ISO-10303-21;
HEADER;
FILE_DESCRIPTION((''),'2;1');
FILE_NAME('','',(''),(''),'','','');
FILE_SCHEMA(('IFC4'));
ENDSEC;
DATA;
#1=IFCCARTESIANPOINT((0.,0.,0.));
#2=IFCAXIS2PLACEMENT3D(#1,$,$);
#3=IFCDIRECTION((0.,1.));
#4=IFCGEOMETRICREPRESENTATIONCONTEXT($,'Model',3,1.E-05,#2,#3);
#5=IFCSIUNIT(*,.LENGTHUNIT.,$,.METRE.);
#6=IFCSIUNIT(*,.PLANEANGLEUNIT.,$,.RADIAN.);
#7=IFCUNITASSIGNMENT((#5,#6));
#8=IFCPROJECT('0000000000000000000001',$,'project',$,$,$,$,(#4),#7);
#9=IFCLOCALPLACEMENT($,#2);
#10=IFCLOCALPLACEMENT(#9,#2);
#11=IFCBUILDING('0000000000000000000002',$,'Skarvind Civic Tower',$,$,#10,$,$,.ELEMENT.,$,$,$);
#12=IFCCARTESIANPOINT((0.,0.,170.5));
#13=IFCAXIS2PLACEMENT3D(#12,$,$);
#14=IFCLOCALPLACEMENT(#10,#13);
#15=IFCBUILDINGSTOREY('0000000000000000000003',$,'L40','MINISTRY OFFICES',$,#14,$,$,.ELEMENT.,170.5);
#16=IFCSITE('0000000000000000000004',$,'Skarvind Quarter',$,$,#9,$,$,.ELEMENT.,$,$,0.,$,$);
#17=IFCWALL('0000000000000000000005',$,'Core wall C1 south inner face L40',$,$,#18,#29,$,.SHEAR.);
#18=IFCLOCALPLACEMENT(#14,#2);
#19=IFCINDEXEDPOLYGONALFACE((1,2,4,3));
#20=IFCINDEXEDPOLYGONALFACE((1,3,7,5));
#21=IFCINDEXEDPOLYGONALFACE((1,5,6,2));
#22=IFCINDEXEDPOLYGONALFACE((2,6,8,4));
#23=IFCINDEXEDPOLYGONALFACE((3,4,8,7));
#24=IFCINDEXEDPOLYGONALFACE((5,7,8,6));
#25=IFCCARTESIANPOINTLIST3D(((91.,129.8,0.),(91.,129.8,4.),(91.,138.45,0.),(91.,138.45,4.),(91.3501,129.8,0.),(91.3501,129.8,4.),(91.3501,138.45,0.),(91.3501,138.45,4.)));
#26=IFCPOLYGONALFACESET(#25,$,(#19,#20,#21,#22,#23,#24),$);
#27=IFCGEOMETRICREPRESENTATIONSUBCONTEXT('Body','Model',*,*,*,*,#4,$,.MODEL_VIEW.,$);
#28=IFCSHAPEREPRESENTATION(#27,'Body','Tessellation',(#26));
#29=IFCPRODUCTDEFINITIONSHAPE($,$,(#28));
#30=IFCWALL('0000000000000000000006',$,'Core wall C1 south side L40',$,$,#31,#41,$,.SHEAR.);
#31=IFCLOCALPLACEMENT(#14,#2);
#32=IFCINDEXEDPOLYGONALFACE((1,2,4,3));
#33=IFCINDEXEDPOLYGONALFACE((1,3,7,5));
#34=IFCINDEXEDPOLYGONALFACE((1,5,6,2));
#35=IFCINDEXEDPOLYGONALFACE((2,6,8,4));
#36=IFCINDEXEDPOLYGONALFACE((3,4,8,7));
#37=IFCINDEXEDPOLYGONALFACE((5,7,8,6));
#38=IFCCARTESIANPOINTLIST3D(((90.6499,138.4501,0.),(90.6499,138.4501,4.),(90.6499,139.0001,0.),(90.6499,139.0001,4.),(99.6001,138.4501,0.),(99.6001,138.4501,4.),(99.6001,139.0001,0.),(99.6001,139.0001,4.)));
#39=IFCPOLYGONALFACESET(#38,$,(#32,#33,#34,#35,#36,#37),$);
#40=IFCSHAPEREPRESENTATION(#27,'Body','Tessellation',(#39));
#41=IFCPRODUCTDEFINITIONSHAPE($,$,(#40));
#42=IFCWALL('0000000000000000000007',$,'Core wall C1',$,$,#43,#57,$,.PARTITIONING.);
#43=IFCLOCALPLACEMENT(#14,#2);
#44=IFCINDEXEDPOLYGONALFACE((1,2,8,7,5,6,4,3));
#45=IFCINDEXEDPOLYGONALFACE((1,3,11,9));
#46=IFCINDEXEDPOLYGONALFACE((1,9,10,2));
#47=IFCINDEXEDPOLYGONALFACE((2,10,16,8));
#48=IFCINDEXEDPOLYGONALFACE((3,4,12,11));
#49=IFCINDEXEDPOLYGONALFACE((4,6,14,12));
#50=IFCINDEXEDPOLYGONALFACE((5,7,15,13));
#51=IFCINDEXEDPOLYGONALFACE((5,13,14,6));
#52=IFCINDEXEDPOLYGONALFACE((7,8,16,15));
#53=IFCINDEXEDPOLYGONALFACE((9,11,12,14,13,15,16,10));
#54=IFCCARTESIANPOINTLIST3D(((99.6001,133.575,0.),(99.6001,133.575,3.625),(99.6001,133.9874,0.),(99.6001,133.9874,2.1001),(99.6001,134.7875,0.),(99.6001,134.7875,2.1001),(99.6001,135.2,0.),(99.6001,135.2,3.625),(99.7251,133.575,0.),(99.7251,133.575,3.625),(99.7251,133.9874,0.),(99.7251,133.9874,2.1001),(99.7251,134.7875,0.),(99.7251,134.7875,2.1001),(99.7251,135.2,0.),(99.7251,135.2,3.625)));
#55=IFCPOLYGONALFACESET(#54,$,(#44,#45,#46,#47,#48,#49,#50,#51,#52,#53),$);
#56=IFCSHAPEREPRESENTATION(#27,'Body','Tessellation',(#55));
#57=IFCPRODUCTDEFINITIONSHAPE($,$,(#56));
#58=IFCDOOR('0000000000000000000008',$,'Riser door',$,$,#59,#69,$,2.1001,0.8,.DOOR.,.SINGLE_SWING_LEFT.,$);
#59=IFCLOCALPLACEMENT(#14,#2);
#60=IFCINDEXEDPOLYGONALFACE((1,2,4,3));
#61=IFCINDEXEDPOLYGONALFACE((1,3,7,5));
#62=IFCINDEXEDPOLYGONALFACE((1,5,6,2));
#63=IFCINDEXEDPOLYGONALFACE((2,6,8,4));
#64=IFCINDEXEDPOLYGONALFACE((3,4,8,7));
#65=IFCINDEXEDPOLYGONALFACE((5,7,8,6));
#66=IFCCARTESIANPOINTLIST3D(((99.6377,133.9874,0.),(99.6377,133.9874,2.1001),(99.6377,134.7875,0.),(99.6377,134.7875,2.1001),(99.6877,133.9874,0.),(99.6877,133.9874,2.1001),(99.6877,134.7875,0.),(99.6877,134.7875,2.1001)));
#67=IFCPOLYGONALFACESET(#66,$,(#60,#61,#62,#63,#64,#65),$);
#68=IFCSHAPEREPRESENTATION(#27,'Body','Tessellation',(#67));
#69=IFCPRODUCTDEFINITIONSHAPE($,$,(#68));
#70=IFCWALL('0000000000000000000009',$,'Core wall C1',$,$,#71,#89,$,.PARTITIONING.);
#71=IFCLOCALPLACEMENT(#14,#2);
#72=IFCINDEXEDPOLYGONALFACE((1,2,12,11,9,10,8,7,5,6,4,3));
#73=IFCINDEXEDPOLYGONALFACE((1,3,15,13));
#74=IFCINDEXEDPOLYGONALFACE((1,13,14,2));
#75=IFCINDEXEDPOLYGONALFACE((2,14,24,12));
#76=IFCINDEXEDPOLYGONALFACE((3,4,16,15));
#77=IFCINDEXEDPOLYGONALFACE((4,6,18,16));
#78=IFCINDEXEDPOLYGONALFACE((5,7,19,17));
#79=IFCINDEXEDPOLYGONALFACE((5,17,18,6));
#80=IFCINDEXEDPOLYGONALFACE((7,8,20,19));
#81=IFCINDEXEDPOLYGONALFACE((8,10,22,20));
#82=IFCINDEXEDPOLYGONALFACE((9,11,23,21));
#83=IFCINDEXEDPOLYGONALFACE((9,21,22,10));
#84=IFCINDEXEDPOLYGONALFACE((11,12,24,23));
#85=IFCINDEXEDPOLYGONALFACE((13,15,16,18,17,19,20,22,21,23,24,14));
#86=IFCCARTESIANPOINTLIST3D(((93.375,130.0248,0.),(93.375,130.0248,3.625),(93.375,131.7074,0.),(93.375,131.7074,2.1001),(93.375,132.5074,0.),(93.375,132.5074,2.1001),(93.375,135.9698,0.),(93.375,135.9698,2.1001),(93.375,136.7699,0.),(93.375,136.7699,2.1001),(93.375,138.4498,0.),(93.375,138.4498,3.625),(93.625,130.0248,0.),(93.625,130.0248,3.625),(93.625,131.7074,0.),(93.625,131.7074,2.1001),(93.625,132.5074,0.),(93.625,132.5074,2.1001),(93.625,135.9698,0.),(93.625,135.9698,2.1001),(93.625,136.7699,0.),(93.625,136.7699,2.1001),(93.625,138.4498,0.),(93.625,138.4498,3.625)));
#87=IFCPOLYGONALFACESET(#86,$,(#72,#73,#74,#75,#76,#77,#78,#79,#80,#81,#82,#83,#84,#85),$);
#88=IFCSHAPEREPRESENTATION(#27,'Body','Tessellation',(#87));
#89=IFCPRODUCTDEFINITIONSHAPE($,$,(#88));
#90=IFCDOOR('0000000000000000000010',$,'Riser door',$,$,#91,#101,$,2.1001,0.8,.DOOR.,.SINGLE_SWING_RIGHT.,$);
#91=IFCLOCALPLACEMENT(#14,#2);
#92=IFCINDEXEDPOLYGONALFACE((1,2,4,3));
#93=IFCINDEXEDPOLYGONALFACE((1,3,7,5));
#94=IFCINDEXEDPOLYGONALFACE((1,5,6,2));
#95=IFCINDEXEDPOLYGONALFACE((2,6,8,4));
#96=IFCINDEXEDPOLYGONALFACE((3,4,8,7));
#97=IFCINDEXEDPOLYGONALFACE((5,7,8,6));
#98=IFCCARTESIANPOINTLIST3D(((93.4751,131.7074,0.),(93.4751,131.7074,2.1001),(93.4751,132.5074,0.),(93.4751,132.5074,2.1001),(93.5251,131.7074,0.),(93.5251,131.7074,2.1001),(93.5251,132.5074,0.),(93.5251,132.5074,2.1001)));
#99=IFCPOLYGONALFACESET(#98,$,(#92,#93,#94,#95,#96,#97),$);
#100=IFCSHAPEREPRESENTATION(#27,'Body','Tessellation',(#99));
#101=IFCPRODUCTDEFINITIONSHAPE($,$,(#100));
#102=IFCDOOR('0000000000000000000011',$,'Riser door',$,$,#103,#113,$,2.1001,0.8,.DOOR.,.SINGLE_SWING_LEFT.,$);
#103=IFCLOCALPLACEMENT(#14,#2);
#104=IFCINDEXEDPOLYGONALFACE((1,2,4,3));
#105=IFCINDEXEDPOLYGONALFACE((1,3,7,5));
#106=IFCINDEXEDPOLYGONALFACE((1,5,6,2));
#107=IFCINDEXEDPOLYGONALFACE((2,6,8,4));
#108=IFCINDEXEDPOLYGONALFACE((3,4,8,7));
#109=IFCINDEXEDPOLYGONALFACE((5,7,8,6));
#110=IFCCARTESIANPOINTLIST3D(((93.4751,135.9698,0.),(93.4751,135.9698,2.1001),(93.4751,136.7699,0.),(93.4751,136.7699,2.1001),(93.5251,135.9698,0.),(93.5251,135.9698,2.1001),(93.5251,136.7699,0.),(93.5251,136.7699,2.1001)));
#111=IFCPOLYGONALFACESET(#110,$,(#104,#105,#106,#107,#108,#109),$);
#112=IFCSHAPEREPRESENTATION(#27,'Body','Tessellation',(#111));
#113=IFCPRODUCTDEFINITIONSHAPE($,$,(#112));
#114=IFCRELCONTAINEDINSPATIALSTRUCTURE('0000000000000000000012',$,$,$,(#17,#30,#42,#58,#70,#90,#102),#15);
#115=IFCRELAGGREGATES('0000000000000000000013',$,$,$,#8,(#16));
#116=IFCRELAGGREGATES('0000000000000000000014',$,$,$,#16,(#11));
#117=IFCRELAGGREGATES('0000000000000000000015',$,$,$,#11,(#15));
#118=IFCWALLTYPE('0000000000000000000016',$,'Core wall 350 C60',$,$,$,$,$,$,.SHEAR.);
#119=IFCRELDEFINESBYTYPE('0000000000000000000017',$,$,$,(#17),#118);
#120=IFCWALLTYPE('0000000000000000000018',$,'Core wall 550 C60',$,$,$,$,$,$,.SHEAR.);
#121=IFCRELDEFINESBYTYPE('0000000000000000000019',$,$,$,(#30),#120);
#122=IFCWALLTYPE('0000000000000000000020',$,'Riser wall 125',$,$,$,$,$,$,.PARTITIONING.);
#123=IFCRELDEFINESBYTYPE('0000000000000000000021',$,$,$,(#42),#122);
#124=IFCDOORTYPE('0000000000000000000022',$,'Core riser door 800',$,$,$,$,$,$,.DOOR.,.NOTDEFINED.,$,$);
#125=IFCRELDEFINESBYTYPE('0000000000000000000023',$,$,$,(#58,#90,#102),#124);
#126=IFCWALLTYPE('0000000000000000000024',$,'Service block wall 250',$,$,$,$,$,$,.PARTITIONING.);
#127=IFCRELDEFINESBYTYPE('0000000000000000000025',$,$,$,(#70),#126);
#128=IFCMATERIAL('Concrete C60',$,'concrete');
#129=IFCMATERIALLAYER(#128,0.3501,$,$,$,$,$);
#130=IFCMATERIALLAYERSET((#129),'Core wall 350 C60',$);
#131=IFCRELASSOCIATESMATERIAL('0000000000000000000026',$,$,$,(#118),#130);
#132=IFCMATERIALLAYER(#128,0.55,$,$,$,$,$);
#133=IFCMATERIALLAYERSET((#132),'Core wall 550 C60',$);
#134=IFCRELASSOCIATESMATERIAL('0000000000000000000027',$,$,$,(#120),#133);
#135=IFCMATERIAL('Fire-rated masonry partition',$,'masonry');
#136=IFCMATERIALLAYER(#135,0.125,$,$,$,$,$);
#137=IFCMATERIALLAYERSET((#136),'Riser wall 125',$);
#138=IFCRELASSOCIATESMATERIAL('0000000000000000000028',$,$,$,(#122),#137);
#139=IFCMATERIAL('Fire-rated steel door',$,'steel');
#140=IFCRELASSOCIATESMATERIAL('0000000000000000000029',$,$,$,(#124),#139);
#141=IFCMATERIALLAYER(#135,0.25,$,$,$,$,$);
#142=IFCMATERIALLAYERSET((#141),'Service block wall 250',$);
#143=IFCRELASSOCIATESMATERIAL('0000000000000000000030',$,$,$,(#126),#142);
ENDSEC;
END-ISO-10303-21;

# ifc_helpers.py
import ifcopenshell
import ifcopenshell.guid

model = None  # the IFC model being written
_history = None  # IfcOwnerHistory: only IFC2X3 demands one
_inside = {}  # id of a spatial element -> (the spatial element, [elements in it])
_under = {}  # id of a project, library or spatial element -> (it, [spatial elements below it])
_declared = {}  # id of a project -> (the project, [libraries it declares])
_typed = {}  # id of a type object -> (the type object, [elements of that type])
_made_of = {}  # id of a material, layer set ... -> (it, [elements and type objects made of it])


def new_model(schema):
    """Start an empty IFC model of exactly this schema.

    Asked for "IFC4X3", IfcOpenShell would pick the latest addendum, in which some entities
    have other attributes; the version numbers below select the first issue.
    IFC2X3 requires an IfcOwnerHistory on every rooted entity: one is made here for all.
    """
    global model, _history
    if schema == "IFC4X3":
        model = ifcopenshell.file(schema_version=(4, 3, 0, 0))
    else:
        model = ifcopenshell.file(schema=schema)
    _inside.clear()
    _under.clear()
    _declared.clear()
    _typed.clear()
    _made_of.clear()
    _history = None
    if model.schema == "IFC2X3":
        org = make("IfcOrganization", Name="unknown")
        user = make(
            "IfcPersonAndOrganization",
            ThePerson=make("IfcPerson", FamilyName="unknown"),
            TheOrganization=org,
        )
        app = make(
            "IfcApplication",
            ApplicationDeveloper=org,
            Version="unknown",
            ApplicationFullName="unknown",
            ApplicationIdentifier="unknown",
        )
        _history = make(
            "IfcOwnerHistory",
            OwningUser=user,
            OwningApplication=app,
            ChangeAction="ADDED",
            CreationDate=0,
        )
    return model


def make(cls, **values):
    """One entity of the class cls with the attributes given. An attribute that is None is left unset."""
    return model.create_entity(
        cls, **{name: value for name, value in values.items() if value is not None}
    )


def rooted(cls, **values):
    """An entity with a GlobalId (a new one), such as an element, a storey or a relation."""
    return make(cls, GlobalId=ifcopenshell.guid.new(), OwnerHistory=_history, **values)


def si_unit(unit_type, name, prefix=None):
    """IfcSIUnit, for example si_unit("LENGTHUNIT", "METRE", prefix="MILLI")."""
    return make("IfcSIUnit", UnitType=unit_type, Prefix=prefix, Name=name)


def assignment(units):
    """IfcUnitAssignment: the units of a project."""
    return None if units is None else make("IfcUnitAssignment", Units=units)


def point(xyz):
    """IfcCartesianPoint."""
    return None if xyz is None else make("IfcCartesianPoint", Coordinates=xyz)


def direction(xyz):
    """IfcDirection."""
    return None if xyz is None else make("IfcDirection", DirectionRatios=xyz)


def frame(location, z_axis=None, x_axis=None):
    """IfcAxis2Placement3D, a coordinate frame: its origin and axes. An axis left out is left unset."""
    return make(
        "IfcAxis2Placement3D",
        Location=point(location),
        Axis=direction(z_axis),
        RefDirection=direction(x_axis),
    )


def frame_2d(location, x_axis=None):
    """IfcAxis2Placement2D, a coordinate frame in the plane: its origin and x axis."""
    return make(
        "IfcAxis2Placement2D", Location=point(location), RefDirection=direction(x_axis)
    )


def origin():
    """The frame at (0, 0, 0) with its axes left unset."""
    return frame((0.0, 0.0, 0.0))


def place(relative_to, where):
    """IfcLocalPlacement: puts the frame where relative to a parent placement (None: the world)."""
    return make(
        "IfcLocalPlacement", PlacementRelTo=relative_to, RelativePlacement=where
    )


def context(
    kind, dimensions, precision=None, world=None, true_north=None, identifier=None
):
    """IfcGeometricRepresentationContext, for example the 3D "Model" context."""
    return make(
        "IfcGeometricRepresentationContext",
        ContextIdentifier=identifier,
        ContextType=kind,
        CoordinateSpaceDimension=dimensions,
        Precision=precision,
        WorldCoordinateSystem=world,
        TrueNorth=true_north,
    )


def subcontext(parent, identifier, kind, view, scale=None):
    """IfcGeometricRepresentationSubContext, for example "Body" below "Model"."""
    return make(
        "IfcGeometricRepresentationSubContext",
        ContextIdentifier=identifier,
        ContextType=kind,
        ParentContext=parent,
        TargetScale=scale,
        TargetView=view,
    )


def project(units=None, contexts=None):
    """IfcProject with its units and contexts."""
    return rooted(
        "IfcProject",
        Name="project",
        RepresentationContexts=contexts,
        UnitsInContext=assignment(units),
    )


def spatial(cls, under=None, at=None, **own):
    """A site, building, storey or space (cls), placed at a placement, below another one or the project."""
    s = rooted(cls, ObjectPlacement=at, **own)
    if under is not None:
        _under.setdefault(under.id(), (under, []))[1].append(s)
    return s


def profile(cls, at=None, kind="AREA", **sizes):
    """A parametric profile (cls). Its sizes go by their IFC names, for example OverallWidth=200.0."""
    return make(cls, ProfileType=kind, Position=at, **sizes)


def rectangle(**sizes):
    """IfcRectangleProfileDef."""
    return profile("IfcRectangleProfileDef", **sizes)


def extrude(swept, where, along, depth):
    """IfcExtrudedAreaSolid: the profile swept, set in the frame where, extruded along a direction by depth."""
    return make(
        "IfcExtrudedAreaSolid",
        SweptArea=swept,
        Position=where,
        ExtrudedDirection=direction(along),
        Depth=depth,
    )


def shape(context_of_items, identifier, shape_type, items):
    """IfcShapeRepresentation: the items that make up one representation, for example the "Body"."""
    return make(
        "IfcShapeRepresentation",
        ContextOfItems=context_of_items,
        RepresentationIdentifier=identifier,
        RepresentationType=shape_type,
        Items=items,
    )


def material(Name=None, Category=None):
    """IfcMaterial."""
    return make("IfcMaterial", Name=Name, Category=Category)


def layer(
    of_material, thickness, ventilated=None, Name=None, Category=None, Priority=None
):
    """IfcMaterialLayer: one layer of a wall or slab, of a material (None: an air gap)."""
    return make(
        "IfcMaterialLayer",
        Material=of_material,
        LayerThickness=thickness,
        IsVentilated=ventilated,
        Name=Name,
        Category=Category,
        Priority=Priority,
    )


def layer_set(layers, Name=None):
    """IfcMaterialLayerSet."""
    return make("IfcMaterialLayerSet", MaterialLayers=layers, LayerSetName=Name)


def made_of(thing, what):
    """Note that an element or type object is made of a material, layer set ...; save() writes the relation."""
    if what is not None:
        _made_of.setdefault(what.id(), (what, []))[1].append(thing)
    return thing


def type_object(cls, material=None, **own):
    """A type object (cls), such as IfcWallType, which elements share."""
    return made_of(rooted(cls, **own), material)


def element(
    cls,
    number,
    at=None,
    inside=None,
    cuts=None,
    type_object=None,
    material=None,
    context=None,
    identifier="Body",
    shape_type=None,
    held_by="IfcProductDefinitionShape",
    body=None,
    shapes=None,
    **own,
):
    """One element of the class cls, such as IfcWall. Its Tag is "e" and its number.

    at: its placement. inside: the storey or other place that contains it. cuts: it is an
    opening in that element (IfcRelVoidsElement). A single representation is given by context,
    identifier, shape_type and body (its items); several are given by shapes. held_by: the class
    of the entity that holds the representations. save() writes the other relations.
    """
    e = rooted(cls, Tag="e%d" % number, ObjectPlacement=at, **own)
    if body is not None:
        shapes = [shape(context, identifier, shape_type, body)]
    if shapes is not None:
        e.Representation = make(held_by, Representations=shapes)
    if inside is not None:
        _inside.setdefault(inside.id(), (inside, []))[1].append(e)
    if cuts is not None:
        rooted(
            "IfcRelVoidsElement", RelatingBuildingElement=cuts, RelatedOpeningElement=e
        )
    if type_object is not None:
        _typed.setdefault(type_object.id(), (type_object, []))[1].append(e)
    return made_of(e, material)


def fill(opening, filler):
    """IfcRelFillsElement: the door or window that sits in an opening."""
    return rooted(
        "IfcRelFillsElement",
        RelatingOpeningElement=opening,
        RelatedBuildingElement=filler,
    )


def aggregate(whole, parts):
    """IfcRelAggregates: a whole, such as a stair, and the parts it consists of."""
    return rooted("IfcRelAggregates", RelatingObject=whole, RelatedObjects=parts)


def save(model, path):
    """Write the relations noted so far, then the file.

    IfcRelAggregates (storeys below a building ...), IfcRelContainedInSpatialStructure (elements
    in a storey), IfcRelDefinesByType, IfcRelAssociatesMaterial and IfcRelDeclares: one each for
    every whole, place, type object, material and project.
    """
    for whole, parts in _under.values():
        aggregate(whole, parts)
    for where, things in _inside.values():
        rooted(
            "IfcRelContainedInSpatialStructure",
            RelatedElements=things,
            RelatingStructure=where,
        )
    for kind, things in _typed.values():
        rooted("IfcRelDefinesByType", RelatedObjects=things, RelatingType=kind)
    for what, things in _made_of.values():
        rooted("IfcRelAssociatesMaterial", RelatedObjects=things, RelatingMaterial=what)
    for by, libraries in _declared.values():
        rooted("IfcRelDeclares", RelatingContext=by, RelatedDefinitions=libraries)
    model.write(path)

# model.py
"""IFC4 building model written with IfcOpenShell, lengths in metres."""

from ifc_helpers import new_model, si_unit, direction, frame, frame_2d, origin, place, context, subcontext, project, spatial, rectangle, extrude, material, layer, layer_set, type_object, element, fill, save


model = new_model("IFC4")

# Units and contexts
model_context = context("Model", 3, precision=1e-05, world=origin(), true_north=direction((0.0, 1.0)))
body_context = subcontext(model_context, "Body", "Model", "MODEL_VIEW")
ifc_project = project(units=[si_unit("LENGTHUNIT", "METRE"), si_unit("PLANEANGLEUNIT", "RADIAN")], contexts=[model_context])

# Site, building, storey
site_placement = place(None, origin())
site = spatial("IfcSite", under=ifc_project, at=site_placement, Name="Skarvind Quarter", CompositionType="ELEMENT", RefElevation=0.0)
building_placement = place(site_placement, origin())
building = spatial("IfcBuilding", under=site, at=building_placement, Name="Skarvind Civic Tower", CompositionType="ELEMENT")
storey_placement = place(building_placement, frame((0.0, 0.0, 170.5)))
storey = spatial("IfcBuildingStorey", under=building, at=storey_placement, Name="L40", Description="MINISTRY OFFICES", CompositionType="ELEMENT", Elevation=170.5)

# Shared definitions
ifc_material_1 = material(Name="Concrete C60", Category="concrete")

# Shared definitions
ifc_material_2 = material(Name="Fire-rated masonry partition", Category="masonry")
ifc_material_3 = material(Name="Fire-rated steel door", Category="steel")

# Walls
ifc_layer_1 = layer(ifc_material_1, 0.3501)
ifc_layer_set_1 = layer_set([ifc_layer_1], Name="Core wall 350 C60")
wall_type_1 = type_object("IfcWallType", Name="Core wall 350 C60", PredefinedType="SHEAR", material=ifc_layer_set_1)
wall_1_placement = place(storey_placement, frame((91.175, 138.45, 0.0), z_axis=(0.0, 0.0, 1.0), x_axis=(0.0, -1.0, 0.0)))
element("IfcWall", 1, at=wall_1_placement, inside=storey, type_object=wall_type_1, Name="Core wall C1 south inner face L40", PredefinedType="SHEAR", context=body_context, shape_type="SweptSolid", body=[
    extrude(rectangle(XDim=8.6499, YDim=0.3501, at=frame_2d((4.325, 0.0))), origin(), (0.0, 0.0, 1.0), 4.0),
])
ifc_layer_2 = layer(ifc_material_1, 0.55)
ifc_layer_set_2 = layer_set([ifc_layer_2], Name="Core wall 550 C60")
wall_type_2 = type_object("IfcWallType", Name="Core wall 550 C60", PredefinedType="SHEAR", material=ifc_layer_set_2)
wall_2_placement = place(storey_placement, frame((99.6001, 138.7251, 0.0), z_axis=(0.0, 0.0, 1.0), x_axis=(-1.0, 0.0, 0.0)))
element("IfcWall", 2, at=wall_2_placement, inside=storey, type_object=wall_type_2, Name="Core wall C1 south side L40", PredefinedType="SHEAR", context=body_context, shape_type="SweptSolid", body=[
    extrude(rectangle(XDim=8.9502, YDim=0.55, at=frame_2d((4.4751, 0.0))), origin(), (0.0, 0.0, 1.0), 4.0),
])

# Wall, opening, door
ifc_layer_3 = layer(ifc_material_2, 0.125)
ifc_layer_set_3 = layer_set([ifc_layer_3], Name="Riser wall 125")
wall_type_3 = type_object("IfcWallType", Name="Riser wall 125", PredefinedType="PARTITIONING", material=ifc_layer_set_3)
wall_3_placement = place(storey_placement, frame((99.6626, 133.575, 0.0), z_axis=(0.0, 0.0, 1.0), x_axis=(0.0, 1.0, 0.0)))
wall_3 = element("IfcWall", 3, at=wall_3_placement, inside=storey, type_object=wall_type_3, Name="Core wall C1", PredefinedType="PARTITIONING", context=body_context, shape_type="SweptSolid", body=[
    extrude(rectangle(XDim=1.625, YDim=0.125, at=frame_2d((0.8125, 0.0))), origin(), (0.0, 0.0, 1.0), 3.625),
])
opening_1_placement = place(wall_3_placement, frame((0.4126, 0.0, 0.0)))
opening_1 = element("IfcOpeningElement", 4, at=opening_1_placement, cuts=wall_3, PredefinedType="OPENING", context=body_context, shape_type="SweptSolid", body=[
    extrude(rectangle(XDim=0.8, YDim=2.1001, at=frame_2d((0.3999, 1.05))), frame((0.0, 0.0725, 0.0), z_axis=(0.0, -1.0, 0.0), x_axis=(1.0, 0.0, 0.0)), (0.0, 0.0, 1.0), 0.145),
])
door_type_1 = type_object("IfcDoorType", Name="Core riser door 800", OperationType="NOTDEFINED", PredefinedType="DOOR", material=ifc_material_3)
door_1_placement = place(opening_1_placement, origin())
door_1 = element("IfcDoor", 5, at=door_1_placement, inside=storey, type_object=door_type_1, Name="Riser door", OperationType="SINGLE_SWING_LEFT", OverallHeight=2.1001, OverallWidth=0.8, PredefinedType="DOOR", context=body_context, shape_type="SweptSolid", body=[
    extrude(rectangle(XDim=0.8, YDim=2.1001, at=frame_2d((0.3999, 1.05))), frame((0.0, 0.0249, 0.0), z_axis=(0.0, -1.0, 0.0), x_axis=(1.0, 0.0, 0.0)), (0.0, 0.0, 1.0), 0.05),
])
fill(opening_1, door_1)

# Wall, openings, doors
ifc_layer_4 = layer(ifc_material_2, 0.25)
ifc_layer_set_4 = layer_set([ifc_layer_4], Name="Service block wall 250")
wall_type_4 = type_object("IfcWallType", Name="Service block wall 250", PredefinedType="PARTITIONING", material=ifc_layer_set_4)
wall_4_placement = place(storey_placement, frame((93.5, 130.0249, 0.0), z_axis=(0.0, 0.0, 1.0), x_axis=(0.0, 1.0, 0.0)))
wall_4 = element("IfcWall", 6, at=wall_4_placement, inside=storey, type_object=wall_type_4, Name="Core wall C1", PredefinedType="PARTITIONING", context=body_context, shape_type="SweptSolid", body=[
    extrude(rectangle(XDim=8.425, YDim=0.25, at=frame_2d((4.2124, 0.0))), origin(), (0.0, 0.0, 1.0), 3.625),
])
opening_2_placement = place(wall_4_placement, frame((1.6826, 0.0, 0.0)))
opening_2 = element("IfcOpeningElement", 7, at=opening_2_placement, cuts=wall_4, PredefinedType="OPENING", context=body_context, shape_type="SweptSolid", body=[
    extrude(rectangle(XDim=0.8, YDim=2.1001, at=frame_2d((0.3999, 1.05))), frame((0.0, 0.135, 0.0), z_axis=(0.0, -1.0, 0.0), x_axis=(1.0, 0.0, 0.0)), (0.0, 0.0, 1.0), 0.27),
])
opening_3_placement = place(wall_4_placement, frame((5.9451, 0.0, 0.0)))
opening_3 = element("IfcOpeningElement", 8, at=opening_3_placement, cuts=wall_4, PredefinedType="OPENING", context=body_context, shape_type="SweptSolid", body=[
    extrude(rectangle(XDim=0.8, YDim=2.1001, at=frame_2d((0.3999, 1.05))), frame((0.0, 0.135, 0.0), z_axis=(0.0, -1.0, 0.0), x_axis=(1.0, 0.0, 0.0)), (0.0, 0.0, 1.0), 0.27),
])
door_2_placement = place(opening_2_placement, origin())
door_2 = element("IfcDoor", 9, at=door_2_placement, inside=storey, type_object=door_type_1, Name="Riser door", OperationType="SINGLE_SWING_RIGHT", OverallHeight=2.1001, OverallWidth=0.8, PredefinedType="DOOR", context=body_context, shape_type="SweptSolid", body=[
    extrude(rectangle(XDim=0.8, YDim=2.1001, at=frame_2d((0.3999, 1.05))), frame((0.0, 0.0249, 0.0), z_axis=(0.0, -1.0, 0.0), x_axis=(1.0, 0.0, 0.0)), (0.0, 0.0, 1.0), 0.05),
])
fill(opening_2, door_2)
door_3_placement = place(opening_3_placement, origin())
door_3 = element("IfcDoor", 10, at=door_3_placement, inside=storey, type_object=door_type_1, Name="Riser door", OperationType="SINGLE_SWING_LEFT", OverallHeight=2.1001, OverallWidth=0.8, PredefinedType="DOOR", context=body_context, shape_type="SweptSolid", body=[
    extrude(rectangle(XDim=0.8, YDim=2.1001, at=frame_2d((0.3999, 1.05))), frame((0.0, 0.0249, 0.0), z_axis=(0.0, -1.0, 0.0), x_axis=(1.0, 0.0, 0.0)), (0.0, 0.0, 1.0), 0.05),
])
fill(opening_3, door_3)

save(model, "model.ifc")
